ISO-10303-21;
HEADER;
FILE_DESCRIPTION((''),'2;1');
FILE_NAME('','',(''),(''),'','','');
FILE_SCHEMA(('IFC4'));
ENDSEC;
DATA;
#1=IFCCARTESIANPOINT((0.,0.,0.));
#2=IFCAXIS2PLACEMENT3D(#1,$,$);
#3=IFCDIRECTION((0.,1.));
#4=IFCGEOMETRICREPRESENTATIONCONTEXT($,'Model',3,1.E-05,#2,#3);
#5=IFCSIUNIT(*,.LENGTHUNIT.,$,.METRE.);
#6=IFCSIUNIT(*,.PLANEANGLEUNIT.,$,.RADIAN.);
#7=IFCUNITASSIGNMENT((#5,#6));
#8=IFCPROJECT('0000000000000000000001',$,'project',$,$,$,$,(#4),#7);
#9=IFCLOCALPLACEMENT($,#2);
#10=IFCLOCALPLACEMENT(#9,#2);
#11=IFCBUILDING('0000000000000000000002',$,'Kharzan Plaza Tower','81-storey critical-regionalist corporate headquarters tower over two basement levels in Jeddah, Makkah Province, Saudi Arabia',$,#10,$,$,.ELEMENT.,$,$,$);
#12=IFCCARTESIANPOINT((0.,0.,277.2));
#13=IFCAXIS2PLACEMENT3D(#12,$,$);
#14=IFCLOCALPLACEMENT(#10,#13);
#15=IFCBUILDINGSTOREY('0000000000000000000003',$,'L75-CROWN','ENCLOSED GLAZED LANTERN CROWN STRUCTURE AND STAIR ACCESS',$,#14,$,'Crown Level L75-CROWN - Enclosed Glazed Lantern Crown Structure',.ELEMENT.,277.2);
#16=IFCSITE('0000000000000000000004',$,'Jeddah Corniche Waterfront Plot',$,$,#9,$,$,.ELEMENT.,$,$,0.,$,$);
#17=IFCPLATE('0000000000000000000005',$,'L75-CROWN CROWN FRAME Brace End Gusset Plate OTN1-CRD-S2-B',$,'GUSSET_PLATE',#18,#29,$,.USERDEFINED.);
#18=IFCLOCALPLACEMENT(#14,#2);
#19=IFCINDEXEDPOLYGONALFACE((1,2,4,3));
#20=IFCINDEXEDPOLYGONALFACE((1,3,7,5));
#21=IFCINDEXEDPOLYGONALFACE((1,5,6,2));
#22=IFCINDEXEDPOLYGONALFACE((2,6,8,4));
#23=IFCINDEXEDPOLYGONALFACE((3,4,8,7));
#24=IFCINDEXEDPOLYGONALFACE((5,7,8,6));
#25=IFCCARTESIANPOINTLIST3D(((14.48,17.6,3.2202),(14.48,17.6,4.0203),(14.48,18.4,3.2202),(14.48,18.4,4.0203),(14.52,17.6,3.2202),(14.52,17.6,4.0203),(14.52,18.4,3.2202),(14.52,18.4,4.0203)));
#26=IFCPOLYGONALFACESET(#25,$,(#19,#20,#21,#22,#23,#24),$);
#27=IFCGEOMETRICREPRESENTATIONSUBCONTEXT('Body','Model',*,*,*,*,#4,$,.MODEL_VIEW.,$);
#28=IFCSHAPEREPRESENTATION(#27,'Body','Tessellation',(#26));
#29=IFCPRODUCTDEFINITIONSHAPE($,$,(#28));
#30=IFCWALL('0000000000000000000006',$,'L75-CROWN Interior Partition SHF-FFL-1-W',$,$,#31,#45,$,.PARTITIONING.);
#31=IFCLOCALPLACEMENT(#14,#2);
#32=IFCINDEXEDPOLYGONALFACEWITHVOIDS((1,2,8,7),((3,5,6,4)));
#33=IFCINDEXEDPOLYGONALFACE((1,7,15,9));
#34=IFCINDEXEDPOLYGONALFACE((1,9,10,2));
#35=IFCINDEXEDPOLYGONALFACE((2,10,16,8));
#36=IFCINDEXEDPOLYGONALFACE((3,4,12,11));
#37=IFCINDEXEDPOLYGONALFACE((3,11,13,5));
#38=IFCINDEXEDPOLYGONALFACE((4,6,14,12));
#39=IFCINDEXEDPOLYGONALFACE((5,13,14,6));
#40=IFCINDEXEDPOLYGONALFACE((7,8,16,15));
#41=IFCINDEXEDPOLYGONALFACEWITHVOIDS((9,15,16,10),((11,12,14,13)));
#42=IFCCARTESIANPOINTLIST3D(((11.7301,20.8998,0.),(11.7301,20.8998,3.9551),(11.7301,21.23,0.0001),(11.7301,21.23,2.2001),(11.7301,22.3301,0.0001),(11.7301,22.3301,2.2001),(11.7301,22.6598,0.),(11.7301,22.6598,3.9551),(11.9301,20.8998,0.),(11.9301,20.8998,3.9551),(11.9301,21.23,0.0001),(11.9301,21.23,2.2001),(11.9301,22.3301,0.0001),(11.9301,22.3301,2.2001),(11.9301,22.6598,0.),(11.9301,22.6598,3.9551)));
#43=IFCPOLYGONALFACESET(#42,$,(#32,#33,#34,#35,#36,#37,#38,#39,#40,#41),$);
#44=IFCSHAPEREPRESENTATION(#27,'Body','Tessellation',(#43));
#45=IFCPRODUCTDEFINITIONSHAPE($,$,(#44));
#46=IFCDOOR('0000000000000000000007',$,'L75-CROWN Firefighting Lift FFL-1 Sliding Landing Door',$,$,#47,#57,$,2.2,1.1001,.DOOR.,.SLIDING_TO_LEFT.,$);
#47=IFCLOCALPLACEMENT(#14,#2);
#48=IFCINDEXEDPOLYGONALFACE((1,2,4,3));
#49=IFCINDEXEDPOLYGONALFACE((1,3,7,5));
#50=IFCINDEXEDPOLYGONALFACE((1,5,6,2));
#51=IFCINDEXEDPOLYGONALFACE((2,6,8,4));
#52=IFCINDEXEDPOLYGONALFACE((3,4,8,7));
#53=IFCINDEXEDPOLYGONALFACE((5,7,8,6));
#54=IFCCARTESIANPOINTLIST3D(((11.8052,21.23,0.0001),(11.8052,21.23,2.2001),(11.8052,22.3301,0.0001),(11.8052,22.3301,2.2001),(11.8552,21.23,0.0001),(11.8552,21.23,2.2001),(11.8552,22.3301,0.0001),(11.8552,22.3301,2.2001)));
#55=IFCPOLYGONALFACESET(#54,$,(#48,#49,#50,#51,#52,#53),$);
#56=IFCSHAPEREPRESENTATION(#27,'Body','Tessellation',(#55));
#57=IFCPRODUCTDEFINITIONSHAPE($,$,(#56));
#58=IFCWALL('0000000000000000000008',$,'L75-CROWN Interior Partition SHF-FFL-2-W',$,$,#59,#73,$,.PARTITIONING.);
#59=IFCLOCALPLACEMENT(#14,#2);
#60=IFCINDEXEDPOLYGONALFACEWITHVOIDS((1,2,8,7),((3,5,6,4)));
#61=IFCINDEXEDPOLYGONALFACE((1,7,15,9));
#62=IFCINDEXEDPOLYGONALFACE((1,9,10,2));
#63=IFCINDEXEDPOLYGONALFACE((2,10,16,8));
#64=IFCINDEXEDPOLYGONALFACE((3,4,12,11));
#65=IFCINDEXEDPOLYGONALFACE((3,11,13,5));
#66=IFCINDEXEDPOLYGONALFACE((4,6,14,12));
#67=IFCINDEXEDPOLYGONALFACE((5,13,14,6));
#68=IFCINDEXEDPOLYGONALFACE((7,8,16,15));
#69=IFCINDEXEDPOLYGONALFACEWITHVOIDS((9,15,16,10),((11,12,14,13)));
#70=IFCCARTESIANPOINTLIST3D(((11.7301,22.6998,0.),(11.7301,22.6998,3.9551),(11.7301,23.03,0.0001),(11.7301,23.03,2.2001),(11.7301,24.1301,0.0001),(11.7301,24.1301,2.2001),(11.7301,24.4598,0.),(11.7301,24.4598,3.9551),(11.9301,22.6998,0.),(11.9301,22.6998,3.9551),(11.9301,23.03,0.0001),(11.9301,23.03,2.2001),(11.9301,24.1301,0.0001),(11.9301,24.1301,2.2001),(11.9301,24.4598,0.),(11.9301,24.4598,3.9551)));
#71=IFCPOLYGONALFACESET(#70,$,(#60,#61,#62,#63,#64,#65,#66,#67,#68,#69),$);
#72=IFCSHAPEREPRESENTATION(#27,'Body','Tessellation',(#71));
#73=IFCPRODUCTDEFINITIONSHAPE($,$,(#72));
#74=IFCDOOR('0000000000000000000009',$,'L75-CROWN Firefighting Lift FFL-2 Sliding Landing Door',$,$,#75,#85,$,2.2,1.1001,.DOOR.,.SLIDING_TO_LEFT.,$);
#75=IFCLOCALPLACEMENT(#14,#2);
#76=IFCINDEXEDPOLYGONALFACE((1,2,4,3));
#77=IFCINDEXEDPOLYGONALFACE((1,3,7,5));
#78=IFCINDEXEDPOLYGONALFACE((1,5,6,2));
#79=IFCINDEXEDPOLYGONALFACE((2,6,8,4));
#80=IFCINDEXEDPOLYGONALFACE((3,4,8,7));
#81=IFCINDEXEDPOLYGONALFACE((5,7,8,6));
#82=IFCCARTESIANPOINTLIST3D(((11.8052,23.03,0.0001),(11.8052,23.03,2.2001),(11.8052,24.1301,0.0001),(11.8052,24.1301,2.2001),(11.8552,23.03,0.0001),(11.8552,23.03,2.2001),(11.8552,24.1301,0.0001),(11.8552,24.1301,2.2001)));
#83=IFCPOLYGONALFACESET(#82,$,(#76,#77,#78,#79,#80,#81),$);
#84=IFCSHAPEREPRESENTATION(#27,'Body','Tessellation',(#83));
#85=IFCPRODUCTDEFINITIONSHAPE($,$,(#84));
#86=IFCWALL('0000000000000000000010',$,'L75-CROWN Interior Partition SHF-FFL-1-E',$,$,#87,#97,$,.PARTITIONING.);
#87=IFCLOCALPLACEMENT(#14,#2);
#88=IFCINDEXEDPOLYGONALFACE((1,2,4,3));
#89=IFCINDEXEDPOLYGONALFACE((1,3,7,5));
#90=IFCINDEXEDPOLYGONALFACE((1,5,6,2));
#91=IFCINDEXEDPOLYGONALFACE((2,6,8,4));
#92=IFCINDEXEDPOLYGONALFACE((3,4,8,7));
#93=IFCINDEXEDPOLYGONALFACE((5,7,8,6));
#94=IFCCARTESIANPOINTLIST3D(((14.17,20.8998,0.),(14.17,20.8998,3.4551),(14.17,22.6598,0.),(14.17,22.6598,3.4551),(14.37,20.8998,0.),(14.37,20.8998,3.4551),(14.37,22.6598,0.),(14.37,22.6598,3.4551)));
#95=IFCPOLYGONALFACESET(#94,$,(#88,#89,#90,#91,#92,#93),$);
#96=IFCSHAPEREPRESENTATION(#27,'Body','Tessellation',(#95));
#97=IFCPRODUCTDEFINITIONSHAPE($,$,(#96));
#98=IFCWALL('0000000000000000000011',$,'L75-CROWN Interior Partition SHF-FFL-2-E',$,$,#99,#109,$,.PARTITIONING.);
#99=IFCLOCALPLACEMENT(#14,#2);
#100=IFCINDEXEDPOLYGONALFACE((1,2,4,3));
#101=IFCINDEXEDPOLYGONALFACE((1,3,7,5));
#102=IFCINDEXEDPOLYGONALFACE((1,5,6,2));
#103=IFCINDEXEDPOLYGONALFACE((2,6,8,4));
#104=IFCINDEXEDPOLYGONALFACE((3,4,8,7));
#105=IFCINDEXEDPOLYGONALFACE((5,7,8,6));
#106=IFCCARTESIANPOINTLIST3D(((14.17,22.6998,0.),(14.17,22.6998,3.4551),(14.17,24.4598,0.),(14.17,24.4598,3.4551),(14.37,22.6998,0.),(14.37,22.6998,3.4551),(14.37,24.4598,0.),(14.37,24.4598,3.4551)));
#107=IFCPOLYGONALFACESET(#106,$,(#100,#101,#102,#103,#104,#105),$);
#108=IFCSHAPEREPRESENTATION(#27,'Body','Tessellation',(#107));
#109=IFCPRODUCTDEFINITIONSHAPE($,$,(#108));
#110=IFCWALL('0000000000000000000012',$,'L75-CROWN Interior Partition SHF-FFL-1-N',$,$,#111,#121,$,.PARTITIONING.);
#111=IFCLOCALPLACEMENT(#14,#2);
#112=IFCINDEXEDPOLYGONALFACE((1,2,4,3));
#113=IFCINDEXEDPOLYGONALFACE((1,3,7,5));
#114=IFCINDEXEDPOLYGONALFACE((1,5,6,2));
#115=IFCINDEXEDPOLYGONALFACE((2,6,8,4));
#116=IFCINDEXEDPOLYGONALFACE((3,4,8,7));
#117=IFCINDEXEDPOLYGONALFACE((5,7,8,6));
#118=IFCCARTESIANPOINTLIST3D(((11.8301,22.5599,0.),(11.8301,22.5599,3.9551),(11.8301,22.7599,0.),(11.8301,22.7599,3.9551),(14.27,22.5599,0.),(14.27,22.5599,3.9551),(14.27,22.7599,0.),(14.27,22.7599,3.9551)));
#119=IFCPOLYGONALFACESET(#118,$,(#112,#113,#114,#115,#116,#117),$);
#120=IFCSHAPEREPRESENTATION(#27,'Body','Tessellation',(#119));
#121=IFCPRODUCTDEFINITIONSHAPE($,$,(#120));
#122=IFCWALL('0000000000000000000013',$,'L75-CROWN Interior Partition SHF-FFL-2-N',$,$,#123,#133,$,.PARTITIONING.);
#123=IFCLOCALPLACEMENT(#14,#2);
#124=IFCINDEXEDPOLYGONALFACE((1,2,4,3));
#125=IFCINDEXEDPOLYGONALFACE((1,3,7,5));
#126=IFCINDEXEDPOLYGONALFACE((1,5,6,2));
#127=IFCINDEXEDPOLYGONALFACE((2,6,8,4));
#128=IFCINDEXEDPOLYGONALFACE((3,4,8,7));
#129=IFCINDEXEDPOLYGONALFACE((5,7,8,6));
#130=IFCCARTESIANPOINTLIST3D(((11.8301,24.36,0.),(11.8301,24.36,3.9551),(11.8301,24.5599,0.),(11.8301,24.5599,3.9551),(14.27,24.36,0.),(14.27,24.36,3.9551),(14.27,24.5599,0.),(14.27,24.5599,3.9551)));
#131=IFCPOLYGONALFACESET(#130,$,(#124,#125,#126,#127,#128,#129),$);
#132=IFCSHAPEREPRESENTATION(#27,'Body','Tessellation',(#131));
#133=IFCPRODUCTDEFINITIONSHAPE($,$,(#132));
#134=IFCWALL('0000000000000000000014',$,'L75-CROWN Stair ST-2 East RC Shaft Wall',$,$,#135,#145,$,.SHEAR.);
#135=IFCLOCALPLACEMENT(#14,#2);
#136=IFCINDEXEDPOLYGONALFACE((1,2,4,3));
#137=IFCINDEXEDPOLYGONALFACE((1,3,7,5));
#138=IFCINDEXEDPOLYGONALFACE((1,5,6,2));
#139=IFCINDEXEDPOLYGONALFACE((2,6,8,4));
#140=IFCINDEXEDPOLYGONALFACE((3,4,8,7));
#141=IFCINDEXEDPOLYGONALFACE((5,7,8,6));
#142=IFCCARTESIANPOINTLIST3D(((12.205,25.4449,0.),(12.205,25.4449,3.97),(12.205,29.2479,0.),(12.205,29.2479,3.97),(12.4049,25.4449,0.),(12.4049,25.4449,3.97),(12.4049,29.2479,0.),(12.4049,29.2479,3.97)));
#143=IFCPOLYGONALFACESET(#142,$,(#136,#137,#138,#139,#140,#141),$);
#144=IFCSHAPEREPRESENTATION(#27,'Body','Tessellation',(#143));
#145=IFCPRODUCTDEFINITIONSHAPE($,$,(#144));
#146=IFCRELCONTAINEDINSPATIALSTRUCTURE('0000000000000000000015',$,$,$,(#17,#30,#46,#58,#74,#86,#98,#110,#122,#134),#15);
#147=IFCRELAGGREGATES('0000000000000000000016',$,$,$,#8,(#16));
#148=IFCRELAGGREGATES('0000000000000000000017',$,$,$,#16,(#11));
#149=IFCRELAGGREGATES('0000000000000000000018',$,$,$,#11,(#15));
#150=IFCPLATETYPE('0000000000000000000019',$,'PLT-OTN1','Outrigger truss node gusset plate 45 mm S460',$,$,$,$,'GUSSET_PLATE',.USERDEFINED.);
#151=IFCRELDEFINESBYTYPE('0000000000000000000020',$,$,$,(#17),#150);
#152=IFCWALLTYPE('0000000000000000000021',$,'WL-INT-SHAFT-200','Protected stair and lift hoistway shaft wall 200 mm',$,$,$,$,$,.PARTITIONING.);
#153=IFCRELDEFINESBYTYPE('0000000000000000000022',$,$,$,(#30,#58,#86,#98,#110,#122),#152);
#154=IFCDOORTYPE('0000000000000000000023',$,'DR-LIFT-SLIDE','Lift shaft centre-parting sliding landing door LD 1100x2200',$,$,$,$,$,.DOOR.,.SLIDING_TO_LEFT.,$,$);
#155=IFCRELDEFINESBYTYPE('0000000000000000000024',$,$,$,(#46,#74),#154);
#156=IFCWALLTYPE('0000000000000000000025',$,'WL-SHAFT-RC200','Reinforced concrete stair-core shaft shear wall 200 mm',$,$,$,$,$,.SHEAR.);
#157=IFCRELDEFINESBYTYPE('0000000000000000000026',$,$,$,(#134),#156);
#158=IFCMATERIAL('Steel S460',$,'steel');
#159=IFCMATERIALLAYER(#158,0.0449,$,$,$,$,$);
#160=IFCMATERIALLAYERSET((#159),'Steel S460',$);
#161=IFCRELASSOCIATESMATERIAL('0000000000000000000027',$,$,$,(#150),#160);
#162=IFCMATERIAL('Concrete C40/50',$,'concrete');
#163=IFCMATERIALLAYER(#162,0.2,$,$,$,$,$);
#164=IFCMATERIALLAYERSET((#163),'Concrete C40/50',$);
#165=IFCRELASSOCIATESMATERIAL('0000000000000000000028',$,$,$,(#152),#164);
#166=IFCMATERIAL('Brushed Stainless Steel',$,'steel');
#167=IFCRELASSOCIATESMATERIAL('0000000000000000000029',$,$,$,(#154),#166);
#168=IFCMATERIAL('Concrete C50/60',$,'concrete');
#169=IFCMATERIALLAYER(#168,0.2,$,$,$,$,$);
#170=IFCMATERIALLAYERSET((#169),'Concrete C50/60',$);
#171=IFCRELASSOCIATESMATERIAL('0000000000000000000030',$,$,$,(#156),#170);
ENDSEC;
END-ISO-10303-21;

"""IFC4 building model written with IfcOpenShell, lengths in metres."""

from ifc_helpers import new_model, si_unit, direction, frame, frame_2d, origin, origin_2d, place, context, subcontext, project, spatial, rectangle, extrude, source, transform, mapped, material, layer, layer_set, type_object, element, fill, save


model = new_model("IFC4")

# Units and contexts
model_context = context("Model", 3, precision=1e-05, world=origin(), true_north=direction((0.0, 1.0)))
body_context = subcontext(model_context, "Body", "Model", "MODEL_VIEW")
ifc_project = project(units=[si_unit("LENGTHUNIT", "METRE"), si_unit("PLANEANGLEUNIT", "RADIAN")], contexts=[model_context])

# Site, building, storey
site_placement = place(None, origin())
site = spatial("IfcSite", under=ifc_project, at=site_placement, Name="Jeddah Corniche Waterfront Plot", CompositionType="ELEMENT", RefElevation=0.0)
building_placement = place(site_placement, origin())
building = spatial("IfcBuilding", under=site, at=building_placement, Name="Kharzan Plaza Tower", Description="81-storey critical-regionalist corporate headquarters tower over two basement levels in Jeddah, Makkah Province, Saudi Arabia", CompositionType="ELEMENT")
storey_placement = place(building_placement, frame((0.0, 0.0, 277.2)))
storey = spatial("IfcBuildingStorey", under=building, at=storey_placement, Name="L75-CROWN", Description="ENCLOSED GLAZED LANTERN CROWN STRUCTURE AND STAIR ACCESS", LongName="Crown Level L75-CROWN - Enclosed Glazed Lantern Crown Structure", CompositionType="ELEMENT", Elevation=277.2)

# Plate
ifc_material_1 = material(Name="Steel S460", Category="steel")
ifc_layer_1 = layer(ifc_material_1, 0.0449)
ifc_layer_set_1 = layer_set([ifc_layer_1], Name="Steel S460")
plate_type_1 = type_object("IfcPlateType", Name="PLT-OTN1", Description="Outrigger truss node gusset plate 45 mm S460", ElementType="GUSSET_PLATE", PredefinedType="USERDEFINED", material=ifc_layer_set_1)
shared_shape_1 = source(origin(), body_context, "Body", "SweptSolid", [
    extrude(rectangle(XDim=0.8, YDim=0.04, at=origin_2d()), origin(), (0.0, 0.0, 1.0), 0.8),
])
for number, where, z_axis, x_axis, name in (
    (1, (14.5, 18.0, 3.2202), (0.0, 0.0, 1.0), (0.0, 1.0, 0.0), "L75-CROWN CROWN FRAME Brace End Gusset Plate OTN1-CRD-S2-B"),
):
    element("IfcPlate", number, at=place(storey_placement, frame(where, z_axis=z_axis, x_axis=x_axis)), inside=storey, type_object=plate_type_1, Name=name, ObjectType="GUSSET_PLATE", PredefinedType="USERDEFINED", context=body_context, shape_type="MappedRepresentation", body=[
        mapped(shared_shape_1, transform((0.0, 0.0, 0.0), x_axis=(1.0, 0.0, 0.0), y_axis=(0.0, 1.0, 0.0), z_axis=(0.0, 0.0, 1.0))),
    ])

# Walls, openings, doors
ifc_material_2 = material(Name="Concrete C40/50", Category="concrete")
ifc_layer_2 = layer(ifc_material_2, 0.2)
ifc_layer_set_2 = layer_set([ifc_layer_2], Name="Concrete C40/50")
wall_type_1 = type_object("IfcWallType", Name="WL-INT-SHAFT-200", Description="Protected stair and lift hoistway shaft wall 200 mm", PredefinedType="PARTITIONING", material=ifc_layer_set_2)
wall_1_placement = place(storey_placement, frame((11.8301, 20.8999, 0.0), z_axis=(0.0, 0.0, 1.0), x_axis=(0.0, 1.0, 0.0)))
wall_1 = element("IfcWall", 2, at=wall_1_placement, inside=storey, type_object=wall_type_1, Name="L75-CROWN Interior Partition SHF-FFL-1-W", PredefinedType="PARTITIONING", context=body_context, shape_type="SweptSolid", body=[
    extrude(rectangle(XDim=1.76, YDim=0.2, at=frame_2d((0.8799, 0.0))), origin(), (0.0, 0.0, 1.0), 3.9551),
])
opening_1_placement = place(wall_1_placement, frame((0.3301, 0.0, 0.0)))
opening_1 = element("IfcOpeningElement", 3, at=opening_1_placement, cuts=wall_1, PredefinedType="OPENING", context=body_context, shape_type="SweptSolid", body=[
    extrude(rectangle(XDim=1.1001, YDim=2.2, at=frame_2d((0.55, 1.1001))), frame((0.0, 0.1099, 0.0), z_axis=(0.0, -1.0, 0.0), x_axis=(1.0, 0.0, 0.0)), (0.0, 0.0, 1.0), 0.22),
])
ifc_material_3 = material(Name="Brushed Stainless Steel", Category="steel")
door_type = type_object("IfcDoorType", Name="DR-LIFT-SLIDE", Description="Lift shaft centre-parting sliding landing door LD 1100x2200", OperationType="SLIDING_TO_LEFT", PredefinedType="DOOR", material=ifc_material_3)
shared_shape_2 = source(origin(), body_context, "Body", "SweptSolid", [
    extrude(rectangle(XDim=1.1001, YDim=2.2, at=frame_2d((0.55, 1.1001))), frame((0.0, 0.0249, 0.0), z_axis=(0.0, -1.0, 0.0), x_axis=(1.0, 0.0, 0.0)), (0.0, 0.0, 1.0), 0.05),
])
door_1_placement = place(opening_1_placement, origin())
door_1 = element("IfcDoor", 4, at=door_1_placement, inside=storey, type_object=door_type, Name="L75-CROWN Firefighting Lift FFL-1 Sliding Landing Door", OperationType="SLIDING_TO_LEFT", OverallHeight=2.2, OverallWidth=1.1001, PredefinedType="DOOR", context=body_context, shape_type="MappedRepresentation", body=[
    mapped(shared_shape_2, transform((0.0, 0.0, 0.0), x_axis=(1.0, 0.0, 0.0), y_axis=(0.0, 1.0, 0.0), z_axis=(0.0, 0.0, 1.0))),
])
fill(opening_1, door_1)
wall_2_placement = place(storey_placement, frame((11.8301, 22.7, 0.0), z_axis=(0.0, 0.0, 1.0), x_axis=(0.0, 1.0, 0.0)))
wall_2 = element("IfcWall", 5, at=wall_2_placement, inside=storey, type_object=wall_type_1, Name="L75-CROWN Interior Partition SHF-FFL-2-W", PredefinedType="PARTITIONING", context=body_context, shape_type="SweptSolid", body=[
    extrude(rectangle(XDim=1.76, YDim=0.2, at=frame_2d((0.8799, 0.0))), origin(), (0.0, 0.0, 1.0), 3.9551),
])
opening_2_placement = place(wall_2_placement, frame((0.3301, 0.0, 0.0)))
opening_2 = element("IfcOpeningElement", 6, at=opening_2_placement, cuts=wall_2, PredefinedType="OPENING", context=body_context, shape_type="SweptSolid", body=[
    extrude(rectangle(XDim=1.1001, YDim=2.2, at=frame_2d((0.55, 1.1001))), frame((0.0, 0.1099, 0.0), z_axis=(0.0, -1.0, 0.0), x_axis=(1.0, 0.0, 0.0)), (0.0, 0.0, 1.0), 0.22),
])
door_2_placement = place(opening_2_placement, origin())
door_2 = element("IfcDoor", 7, at=door_2_placement, inside=storey, type_object=door_type, Name="L75-CROWN Firefighting Lift FFL-2 Sliding Landing Door", OperationType="SLIDING_TO_LEFT", OverallHeight=2.2, OverallWidth=1.1001, PredefinedType="DOOR", context=body_context, shape_type="MappedRepresentation", body=[
    mapped(shared_shape_2, transform((0.0, 0.0, 0.0), x_axis=(1.0, 0.0, 0.0), y_axis=(0.0, 1.0, 0.0), z_axis=(0.0, 0.0, 1.0))),
])
fill(opening_2, door_2)

# Walls
shared_shape_3 = source(origin(), body_context, "Body", "SweptSolid", [
    extrude(rectangle(XDim=1.76, YDim=0.2, at=frame_2d((0.8799, 0.0))), origin(), (0.0, 0.0, 1.0), 3.4551),
])
for number, where, z_axis, x_axis, name in (
    (8, (14.27, 20.8999, 0.0), (0.0, 0.0, 1.0), (0.0, 1.0, 0.0), "L75-CROWN Interior Partition SHF-FFL-1-E"),
    (9, (14.27, 22.7, 0.0), (0.0, 0.0, 1.0), (0.0, 1.0, 0.0), "L75-CROWN Interior Partition SHF-FFL-2-E"),
):
    element("IfcWall", number, at=place(storey_placement, frame(where, z_axis=z_axis, x_axis=x_axis)), inside=storey, type_object=wall_type_1, Name=name, PredefinedType="PARTITIONING", context=body_context, shape_type="MappedRepresentation", body=[
        mapped(shared_shape_3, transform((0.0, 0.0, 0.0), x_axis=(1.0, 0.0, 0.0), y_axis=(0.0, 1.0, 0.0), z_axis=(0.0, 0.0, 1.0))),
    ])
shared_shape_4 = source(origin(), body_context, "Body", "SweptSolid", [
    extrude(rectangle(XDim=2.4399, YDim=0.2, at=frame_2d((1.22, 0.0))), origin(), (0.0, 0.0, 1.0), 3.9551),
])
for number, where, z_axis, x_axis, name in (
    (10, (11.8301, 22.6599, 0.0), (0.0, 0.0, 1.0), (1.0, 0.0, 0.0), "L75-CROWN Interior Partition SHF-FFL-1-N"),
    (11, (11.8301, 24.46, 0.0), (0.0, 0.0, 1.0), (1.0, 0.0, 0.0), "L75-CROWN Interior Partition SHF-FFL-2-N"),
):
    element("IfcWall", number, at=place(storey_placement, frame(where, z_axis=z_axis, x_axis=x_axis)), inside=storey, type_object=wall_type_1, Name=name, PredefinedType="PARTITIONING", context=body_context, shape_type="MappedRepresentation", body=[
        mapped(shared_shape_4, transform((0.0, 0.0, 0.0), x_axis=(1.0, 0.0, 0.0), y_axis=(0.0, 1.0, 0.0), z_axis=(0.0, 0.0, 1.0))),
    ])
ifc_material_4 = material(Name="Concrete C50/60", Category="concrete")
ifc_layer_3 = layer(ifc_material_4, 0.2)
ifc_layer_set_3 = layer_set([ifc_layer_3], Name="Concrete C50/60")
wall_type_2 = type_object("IfcWallType", Name="WL-SHAFT-RC200", Description="Reinforced concrete stair-core shaft shear wall 200 mm", PredefinedType="SHEAR", material=ifc_layer_set_3)
shared_shape_5 = source(origin(), body_context, "Body", "SweptSolid", [
    extrude(rectangle(XDim=3.803, YDim=0.2, at=frame_2d((1.9014, 0.0))), origin(), (0.0, 0.0, 1.0), 3.97),
])
wall_3_placement = place(storey_placement, frame((12.3049, 25.4451, 0.0), z_axis=(0.0, 0.0, 1.0), x_axis=(0.0, 1.0, 0.0)))
element("IfcWall", 12, at=wall_3_placement, inside=storey, type_object=wall_type_2, Name="L75-CROWN Stair ST-2 East RC Shaft Wall", PredefinedType="SHEAR", context=body_context, shape_type="MappedRepresentation", body=[
    mapped(shared_shape_5, transform((0.0, 0.0, 0.0), x_axis=(1.0, 0.0, 0.0), y_axis=(0.0, 1.0, 0.0), z_axis=(0.0, 0.0, 1.0))),
])

save(model, "model.ifc")
